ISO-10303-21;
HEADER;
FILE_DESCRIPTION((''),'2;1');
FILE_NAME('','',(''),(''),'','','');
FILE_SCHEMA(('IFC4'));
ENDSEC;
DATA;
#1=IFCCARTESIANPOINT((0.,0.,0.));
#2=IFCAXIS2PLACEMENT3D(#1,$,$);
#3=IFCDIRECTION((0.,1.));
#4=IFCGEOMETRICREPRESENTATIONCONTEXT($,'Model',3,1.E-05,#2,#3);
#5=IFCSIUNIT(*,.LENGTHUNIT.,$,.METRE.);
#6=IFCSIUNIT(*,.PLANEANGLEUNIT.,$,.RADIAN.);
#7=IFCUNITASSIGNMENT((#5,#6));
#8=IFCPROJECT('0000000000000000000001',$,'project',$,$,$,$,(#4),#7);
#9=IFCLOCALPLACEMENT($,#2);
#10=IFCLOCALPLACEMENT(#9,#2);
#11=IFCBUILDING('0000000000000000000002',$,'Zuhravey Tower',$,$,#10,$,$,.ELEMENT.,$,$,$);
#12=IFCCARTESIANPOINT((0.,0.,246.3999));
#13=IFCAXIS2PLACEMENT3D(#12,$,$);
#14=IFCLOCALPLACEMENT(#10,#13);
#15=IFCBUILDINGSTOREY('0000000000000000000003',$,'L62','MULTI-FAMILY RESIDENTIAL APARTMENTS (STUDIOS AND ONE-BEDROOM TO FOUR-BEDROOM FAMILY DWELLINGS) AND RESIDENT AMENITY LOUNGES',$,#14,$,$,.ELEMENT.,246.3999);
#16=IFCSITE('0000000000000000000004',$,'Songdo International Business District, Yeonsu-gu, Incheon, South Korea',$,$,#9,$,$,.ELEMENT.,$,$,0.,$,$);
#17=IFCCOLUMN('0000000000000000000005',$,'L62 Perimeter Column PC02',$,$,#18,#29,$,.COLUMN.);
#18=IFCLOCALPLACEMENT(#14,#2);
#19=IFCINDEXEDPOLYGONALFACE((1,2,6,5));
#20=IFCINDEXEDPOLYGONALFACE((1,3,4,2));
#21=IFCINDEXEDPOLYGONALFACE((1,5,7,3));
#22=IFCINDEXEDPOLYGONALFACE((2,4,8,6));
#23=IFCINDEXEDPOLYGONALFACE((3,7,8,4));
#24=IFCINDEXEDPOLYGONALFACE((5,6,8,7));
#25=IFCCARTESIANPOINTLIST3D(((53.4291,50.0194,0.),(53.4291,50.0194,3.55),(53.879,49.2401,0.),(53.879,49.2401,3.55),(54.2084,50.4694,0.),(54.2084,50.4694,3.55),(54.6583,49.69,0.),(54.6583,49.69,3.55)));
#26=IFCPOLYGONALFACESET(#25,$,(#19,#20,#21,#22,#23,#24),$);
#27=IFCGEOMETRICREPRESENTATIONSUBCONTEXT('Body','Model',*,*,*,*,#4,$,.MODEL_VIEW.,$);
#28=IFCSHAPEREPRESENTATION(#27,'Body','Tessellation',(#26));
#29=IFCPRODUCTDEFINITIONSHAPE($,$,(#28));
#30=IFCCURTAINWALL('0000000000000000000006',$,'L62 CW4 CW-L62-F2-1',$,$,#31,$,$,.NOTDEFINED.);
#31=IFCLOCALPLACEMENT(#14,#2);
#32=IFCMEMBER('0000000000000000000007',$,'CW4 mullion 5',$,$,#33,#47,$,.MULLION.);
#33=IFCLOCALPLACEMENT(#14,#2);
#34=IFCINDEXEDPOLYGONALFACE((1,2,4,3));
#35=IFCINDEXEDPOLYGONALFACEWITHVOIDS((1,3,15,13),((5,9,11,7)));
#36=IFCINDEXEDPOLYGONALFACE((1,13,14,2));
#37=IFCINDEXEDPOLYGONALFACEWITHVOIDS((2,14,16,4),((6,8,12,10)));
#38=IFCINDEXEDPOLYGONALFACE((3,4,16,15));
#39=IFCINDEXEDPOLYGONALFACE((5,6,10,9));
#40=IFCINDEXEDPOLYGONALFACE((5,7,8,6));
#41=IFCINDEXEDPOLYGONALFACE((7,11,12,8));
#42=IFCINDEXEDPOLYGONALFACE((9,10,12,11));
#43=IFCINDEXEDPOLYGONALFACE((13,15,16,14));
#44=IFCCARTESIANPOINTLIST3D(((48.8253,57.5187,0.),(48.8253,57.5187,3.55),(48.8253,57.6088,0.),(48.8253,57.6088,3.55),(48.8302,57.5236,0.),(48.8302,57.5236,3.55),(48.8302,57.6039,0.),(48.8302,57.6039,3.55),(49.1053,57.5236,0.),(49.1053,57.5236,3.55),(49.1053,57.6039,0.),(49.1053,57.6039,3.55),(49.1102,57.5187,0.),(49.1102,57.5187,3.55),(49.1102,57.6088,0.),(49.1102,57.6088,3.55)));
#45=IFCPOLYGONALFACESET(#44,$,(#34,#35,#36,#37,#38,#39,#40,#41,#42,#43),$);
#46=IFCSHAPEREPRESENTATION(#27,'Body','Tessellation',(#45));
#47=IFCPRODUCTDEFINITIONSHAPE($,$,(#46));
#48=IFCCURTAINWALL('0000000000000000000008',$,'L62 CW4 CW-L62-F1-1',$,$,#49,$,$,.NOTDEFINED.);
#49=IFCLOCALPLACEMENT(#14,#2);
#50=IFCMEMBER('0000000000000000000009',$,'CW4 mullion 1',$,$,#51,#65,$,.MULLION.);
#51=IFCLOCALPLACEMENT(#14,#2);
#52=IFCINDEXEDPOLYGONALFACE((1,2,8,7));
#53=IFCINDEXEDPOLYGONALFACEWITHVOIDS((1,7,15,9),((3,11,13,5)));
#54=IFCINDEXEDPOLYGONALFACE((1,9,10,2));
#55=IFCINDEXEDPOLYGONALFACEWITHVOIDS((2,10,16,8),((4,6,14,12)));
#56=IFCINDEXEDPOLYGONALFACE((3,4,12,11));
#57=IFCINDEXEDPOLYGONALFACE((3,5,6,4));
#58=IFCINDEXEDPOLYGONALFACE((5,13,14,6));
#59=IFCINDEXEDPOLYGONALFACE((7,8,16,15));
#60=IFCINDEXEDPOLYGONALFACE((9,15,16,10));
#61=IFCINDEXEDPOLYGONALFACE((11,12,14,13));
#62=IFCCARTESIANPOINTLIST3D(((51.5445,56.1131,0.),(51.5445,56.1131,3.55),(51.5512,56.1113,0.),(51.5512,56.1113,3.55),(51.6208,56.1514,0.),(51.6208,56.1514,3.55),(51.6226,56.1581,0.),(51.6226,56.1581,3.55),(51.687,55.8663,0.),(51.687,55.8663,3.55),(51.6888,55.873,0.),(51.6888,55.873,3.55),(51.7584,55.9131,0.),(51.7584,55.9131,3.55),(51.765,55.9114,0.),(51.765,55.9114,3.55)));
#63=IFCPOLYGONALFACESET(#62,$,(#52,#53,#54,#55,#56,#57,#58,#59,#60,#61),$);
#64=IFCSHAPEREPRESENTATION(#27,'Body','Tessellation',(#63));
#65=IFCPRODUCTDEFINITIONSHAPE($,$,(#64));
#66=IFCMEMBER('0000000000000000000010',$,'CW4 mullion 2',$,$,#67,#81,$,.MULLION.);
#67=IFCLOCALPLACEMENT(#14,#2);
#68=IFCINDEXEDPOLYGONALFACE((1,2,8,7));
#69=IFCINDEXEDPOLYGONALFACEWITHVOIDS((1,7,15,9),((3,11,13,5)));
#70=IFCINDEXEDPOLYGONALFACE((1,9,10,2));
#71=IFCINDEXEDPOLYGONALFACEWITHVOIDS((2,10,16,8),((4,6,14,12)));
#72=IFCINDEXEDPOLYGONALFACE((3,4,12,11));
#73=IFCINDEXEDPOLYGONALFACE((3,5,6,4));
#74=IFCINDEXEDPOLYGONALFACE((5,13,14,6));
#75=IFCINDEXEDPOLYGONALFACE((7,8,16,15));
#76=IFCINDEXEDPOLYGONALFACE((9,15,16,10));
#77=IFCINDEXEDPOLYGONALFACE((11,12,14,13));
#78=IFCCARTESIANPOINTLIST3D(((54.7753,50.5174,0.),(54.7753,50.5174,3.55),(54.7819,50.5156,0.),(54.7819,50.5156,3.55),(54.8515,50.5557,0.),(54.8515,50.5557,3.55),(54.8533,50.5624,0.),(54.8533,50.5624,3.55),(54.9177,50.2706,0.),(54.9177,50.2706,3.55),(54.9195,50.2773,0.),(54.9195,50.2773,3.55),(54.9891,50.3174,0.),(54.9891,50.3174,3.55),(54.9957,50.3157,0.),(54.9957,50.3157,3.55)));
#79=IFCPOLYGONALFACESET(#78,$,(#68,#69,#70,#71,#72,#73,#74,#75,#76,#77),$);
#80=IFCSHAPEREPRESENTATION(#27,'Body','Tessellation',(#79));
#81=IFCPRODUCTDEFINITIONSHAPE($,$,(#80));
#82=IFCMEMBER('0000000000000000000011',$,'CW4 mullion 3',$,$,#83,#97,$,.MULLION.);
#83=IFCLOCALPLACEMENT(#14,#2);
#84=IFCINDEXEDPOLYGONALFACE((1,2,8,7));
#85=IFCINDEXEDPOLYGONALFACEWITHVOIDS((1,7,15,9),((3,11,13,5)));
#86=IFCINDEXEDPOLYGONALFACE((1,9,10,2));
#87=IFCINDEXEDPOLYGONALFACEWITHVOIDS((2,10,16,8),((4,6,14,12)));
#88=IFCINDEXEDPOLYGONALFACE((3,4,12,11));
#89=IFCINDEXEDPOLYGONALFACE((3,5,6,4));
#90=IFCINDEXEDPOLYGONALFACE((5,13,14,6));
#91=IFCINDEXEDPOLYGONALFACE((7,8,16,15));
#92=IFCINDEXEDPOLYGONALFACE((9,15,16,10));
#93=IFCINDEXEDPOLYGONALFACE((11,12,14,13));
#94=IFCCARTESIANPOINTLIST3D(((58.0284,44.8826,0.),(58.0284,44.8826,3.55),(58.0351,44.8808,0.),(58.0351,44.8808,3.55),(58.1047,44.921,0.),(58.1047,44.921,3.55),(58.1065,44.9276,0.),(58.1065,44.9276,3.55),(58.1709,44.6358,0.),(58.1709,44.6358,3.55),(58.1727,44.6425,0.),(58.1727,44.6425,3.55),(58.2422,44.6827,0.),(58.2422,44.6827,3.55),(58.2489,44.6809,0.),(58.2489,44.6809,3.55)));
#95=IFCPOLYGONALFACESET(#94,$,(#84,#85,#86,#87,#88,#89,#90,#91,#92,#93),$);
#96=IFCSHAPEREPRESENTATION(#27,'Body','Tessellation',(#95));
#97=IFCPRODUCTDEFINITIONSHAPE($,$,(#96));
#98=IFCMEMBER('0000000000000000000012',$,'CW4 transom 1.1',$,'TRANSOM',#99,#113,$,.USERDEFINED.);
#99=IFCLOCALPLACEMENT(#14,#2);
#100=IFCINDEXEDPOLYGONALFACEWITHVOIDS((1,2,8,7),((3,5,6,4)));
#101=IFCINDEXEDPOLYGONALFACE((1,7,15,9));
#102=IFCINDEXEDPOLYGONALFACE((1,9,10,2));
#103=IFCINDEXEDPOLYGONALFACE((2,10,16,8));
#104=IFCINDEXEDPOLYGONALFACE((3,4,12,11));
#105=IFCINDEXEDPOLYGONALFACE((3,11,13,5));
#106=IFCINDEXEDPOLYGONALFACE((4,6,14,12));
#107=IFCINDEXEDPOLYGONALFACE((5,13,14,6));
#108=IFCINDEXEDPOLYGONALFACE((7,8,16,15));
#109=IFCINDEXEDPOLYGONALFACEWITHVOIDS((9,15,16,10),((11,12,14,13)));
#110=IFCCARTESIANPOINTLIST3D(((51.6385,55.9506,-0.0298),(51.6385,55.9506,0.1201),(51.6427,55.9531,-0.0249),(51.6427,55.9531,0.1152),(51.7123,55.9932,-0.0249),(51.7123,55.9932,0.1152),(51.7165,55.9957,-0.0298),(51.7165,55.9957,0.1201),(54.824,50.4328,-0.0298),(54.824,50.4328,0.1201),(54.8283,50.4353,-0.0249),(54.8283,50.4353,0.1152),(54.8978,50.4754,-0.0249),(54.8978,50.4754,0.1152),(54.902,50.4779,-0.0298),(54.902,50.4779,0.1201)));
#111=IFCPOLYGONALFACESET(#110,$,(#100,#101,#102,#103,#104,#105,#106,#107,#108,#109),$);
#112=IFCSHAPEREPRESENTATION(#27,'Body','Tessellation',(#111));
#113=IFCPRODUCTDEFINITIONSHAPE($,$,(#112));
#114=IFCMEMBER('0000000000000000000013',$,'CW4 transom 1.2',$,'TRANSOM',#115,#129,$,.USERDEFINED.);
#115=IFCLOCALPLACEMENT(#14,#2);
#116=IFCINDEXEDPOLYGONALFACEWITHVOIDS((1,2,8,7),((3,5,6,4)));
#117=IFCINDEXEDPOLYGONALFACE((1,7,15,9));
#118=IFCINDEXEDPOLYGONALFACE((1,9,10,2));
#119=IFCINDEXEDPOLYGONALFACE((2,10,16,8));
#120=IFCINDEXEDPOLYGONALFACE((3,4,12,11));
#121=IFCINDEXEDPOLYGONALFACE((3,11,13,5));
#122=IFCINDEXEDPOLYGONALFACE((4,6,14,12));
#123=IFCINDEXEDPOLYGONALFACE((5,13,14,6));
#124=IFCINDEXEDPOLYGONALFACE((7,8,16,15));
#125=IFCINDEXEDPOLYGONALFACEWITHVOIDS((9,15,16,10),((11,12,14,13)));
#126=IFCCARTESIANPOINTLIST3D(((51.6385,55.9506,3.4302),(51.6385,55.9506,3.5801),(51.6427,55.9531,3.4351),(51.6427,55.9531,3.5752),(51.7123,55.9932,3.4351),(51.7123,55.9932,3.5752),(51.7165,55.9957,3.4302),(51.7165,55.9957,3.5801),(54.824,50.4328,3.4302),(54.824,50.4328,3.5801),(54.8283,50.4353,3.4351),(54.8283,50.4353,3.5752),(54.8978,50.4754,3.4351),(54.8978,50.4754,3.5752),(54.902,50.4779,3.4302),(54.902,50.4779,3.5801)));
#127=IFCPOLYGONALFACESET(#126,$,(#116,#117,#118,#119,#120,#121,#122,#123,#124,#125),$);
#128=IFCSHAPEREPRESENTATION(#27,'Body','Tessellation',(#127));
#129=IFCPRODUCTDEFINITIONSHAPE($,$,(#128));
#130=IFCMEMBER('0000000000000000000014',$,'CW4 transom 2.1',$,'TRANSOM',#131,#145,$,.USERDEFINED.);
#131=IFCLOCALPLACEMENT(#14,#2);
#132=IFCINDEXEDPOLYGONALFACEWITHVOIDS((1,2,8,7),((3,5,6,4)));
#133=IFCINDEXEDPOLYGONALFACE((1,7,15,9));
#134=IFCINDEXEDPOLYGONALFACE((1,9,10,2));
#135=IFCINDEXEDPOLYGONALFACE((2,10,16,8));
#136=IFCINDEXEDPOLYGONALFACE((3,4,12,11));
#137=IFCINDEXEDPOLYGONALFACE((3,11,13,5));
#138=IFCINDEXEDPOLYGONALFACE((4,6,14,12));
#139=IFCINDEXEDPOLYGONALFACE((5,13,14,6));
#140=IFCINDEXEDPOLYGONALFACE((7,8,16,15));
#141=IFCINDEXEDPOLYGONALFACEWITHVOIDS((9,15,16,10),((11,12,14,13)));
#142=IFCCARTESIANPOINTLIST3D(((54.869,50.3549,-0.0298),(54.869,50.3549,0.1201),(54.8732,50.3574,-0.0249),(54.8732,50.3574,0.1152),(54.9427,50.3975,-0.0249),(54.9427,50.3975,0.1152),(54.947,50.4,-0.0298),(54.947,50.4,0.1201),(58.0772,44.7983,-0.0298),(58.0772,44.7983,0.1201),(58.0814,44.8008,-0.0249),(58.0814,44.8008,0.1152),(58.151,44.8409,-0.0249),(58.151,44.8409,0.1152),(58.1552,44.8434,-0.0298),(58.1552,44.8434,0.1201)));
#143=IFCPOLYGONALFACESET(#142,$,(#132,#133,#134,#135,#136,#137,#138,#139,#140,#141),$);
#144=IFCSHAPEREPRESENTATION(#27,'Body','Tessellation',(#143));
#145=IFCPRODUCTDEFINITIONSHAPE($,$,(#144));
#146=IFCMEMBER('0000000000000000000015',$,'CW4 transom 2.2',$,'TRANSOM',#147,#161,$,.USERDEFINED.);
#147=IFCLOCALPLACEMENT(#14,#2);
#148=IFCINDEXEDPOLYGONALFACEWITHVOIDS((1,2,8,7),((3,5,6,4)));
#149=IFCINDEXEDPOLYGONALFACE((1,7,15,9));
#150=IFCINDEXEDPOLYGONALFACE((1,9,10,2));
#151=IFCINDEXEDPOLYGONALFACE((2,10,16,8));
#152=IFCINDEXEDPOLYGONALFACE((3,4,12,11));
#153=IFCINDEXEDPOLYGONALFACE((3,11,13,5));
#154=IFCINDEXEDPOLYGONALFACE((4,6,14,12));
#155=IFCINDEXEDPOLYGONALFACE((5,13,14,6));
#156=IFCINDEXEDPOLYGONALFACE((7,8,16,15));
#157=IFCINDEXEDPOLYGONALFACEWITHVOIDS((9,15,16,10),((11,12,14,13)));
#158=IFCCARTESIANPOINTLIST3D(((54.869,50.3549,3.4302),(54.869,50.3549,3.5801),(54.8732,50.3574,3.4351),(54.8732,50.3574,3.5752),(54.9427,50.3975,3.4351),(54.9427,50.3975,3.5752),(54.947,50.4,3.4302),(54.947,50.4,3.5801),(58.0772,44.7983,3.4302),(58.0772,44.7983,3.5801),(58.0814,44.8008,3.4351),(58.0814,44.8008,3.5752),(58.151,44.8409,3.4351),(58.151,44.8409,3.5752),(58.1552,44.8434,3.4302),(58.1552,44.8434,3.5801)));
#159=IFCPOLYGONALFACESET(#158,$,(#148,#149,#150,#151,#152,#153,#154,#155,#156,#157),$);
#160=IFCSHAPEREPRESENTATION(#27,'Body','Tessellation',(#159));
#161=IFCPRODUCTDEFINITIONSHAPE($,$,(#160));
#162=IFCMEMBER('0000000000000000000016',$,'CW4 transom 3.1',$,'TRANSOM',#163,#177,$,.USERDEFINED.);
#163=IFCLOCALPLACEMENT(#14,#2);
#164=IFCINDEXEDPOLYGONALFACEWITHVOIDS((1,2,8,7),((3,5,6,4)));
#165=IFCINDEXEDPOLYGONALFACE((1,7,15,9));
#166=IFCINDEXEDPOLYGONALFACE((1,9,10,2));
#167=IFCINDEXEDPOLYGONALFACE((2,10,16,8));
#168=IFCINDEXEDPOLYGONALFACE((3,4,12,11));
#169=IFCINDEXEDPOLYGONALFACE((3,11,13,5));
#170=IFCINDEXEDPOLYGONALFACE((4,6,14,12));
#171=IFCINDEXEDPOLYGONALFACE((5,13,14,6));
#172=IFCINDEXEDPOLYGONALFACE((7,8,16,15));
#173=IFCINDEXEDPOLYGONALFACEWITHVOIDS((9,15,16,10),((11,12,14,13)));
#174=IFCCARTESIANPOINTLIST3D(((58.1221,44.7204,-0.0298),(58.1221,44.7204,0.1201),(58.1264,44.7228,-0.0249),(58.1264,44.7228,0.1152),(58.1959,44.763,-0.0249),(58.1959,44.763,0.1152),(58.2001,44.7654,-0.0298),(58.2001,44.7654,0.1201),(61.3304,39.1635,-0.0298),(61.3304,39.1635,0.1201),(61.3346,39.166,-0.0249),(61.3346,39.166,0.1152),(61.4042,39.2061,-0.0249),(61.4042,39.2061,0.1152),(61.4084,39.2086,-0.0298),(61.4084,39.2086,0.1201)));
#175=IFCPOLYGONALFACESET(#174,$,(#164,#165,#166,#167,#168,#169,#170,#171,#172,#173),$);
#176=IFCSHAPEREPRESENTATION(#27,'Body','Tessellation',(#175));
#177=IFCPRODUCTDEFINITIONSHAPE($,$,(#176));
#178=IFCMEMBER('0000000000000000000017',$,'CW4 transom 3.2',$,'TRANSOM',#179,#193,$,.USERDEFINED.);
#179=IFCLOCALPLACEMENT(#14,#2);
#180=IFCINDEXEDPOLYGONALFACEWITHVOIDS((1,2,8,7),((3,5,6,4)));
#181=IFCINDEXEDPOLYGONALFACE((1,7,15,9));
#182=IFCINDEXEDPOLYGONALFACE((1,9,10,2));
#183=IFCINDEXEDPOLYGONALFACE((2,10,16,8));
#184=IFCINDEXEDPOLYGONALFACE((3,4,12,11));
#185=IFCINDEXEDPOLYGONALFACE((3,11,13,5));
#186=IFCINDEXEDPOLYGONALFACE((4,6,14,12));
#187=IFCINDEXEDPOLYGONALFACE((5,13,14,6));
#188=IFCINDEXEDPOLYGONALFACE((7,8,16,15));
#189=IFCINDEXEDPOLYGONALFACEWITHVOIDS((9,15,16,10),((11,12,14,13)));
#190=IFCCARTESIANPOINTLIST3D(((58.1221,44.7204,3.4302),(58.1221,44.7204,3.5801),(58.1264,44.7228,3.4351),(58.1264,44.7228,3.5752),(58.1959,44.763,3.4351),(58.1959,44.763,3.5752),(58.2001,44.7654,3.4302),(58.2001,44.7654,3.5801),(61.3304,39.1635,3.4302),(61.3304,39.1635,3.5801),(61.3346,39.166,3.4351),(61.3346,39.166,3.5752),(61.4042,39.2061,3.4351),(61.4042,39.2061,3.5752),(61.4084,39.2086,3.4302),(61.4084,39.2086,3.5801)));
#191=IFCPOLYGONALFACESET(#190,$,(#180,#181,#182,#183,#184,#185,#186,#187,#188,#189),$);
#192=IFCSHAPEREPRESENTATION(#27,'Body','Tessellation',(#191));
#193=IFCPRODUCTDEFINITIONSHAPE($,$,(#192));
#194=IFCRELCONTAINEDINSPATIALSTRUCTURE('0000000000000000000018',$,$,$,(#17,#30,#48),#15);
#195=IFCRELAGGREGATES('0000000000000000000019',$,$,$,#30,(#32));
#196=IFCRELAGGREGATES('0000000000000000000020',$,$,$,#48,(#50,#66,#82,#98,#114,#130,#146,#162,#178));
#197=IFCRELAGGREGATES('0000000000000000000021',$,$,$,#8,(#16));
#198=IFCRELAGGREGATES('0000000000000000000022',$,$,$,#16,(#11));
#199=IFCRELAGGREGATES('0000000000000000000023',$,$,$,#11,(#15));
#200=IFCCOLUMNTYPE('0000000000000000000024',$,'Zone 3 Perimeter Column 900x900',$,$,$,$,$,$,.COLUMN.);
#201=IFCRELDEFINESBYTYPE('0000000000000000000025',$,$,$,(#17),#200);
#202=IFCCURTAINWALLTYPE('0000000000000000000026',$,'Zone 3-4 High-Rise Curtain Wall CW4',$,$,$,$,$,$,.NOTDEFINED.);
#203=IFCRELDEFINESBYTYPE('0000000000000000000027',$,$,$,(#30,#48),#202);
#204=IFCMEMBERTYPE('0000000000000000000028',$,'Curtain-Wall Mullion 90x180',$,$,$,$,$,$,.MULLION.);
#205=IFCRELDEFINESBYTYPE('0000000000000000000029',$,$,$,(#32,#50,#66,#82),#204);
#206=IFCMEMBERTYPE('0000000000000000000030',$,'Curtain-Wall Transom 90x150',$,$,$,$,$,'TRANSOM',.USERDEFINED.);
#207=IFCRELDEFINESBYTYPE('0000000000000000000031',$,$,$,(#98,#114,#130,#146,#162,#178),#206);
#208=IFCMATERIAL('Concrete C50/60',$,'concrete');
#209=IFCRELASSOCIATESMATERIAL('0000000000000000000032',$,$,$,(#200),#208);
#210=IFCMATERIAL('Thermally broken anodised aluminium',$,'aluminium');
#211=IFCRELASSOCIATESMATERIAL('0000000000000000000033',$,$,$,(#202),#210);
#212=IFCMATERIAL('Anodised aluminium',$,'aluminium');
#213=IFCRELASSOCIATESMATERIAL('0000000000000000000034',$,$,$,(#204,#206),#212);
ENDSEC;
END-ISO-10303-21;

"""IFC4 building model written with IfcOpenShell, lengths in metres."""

from ifc_helpers import new_model, si_unit, direction, frame, origin, origin_2d, place, context, subcontext, project, spatial, rectangle, hollow_rectangle, extrude, material, material_profile, profile_set, type_object, element, aggregate, save


model = new_model("IFC4")

# Units and contexts
model_context = context("Model", 3, precision=1e-05, world=origin(), true_north=direction((0.0, 1.0)))
body_context = subcontext(model_context, "Body", "Model", "MODEL_VIEW")
ifc_project = project(units=[si_unit("LENGTHUNIT", "METRE"), si_unit("PLANEANGLEUNIT", "RADIAN")], contexts=[model_context])

# Site, building, storey
site_placement = place(None, origin())
site = spatial("IfcSite", under=ifc_project, at=site_placement, Name="Songdo International Business District, Yeonsu-gu, Incheon, South Korea", CompositionType="ELEMENT", RefElevation=0.0)
building_placement = place(site_placement, origin())
building = spatial("IfcBuilding", under=site, at=building_placement, Name="Zuhravey Tower", CompositionType="ELEMENT")
storey_placement = place(building_placement, frame((0.0, 0.0, 246.3999)))
storey = spatial("IfcBuildingStorey", under=building, at=storey_placement, Name="L62", Description="MULTI-FAMILY RESIDENTIAL APARTMENTS (STUDIOS AND ONE-BEDROOM TO FOUR-BEDROOM FAMILY DWELLINGS) AND RESIDENT AMENITY LOUNGES", CompositionType="ELEMENT", Elevation=246.3999)

# Column
ifc_material_1 = material(Name="Concrete C50/60", Category="concrete")
ifc_material_profile_1 = material_profile(ifc_material_1, rectangle(XDim=0.8999, YDim=0.8999, at=origin_2d()), Name="RC-900x900")
ifc_profile_set_1 = profile_set([ifc_material_profile_1], Name="Concrete C50/60")
column_type = type_object("IfcColumnType", Name="Zone 3 Perimeter Column 900x900", PredefinedType="COLUMN", material=ifc_profile_set_1)
column_placement = place(storey_placement, frame((54.0437, 49.8547, 0.0), z_axis=(0.0, 0.0, 1.0), x_axis=(-0.5, 0.866025, 0.0)))
element("IfcColumn", 1, at=column_placement, inside=storey, type_object=column_type, Name="L62 Perimeter Column PC02", PredefinedType="COLUMN", context=body_context, shape_type="SweptSolid", body=[
    extrude(rectangle(XDim=0.8999, YDim=0.8999, at=origin_2d()), origin(), (0.0, 0.0, 1.0), 3.55),
])

# Curtain wall, member
ifc_material_2 = material(Name="Thermally broken anodised aluminium", Category="aluminium")
curtain_wall_type = type_object("IfcCurtainWallType", Name="Zone 3-4 High-Rise Curtain Wall CW4", PredefinedType="NOTDEFINED", material=ifc_material_2)
curtain_wall_1_placement = place(storey_placement, origin())
curtain_wall_1 = element("IfcCurtainWall", 2, at=curtain_wall_1_placement, inside=storey, type_object=curtain_wall_type, Name="L62 CW4 CW-L62-F2-1", PredefinedType="NOTDEFINED")
ifc_material_3 = material(Name="Anodised aluminium", Category="aluminium")
ifc_material_profile_2 = material_profile(ifc_material_3, hollow_rectangle(XDim=0.0901, YDim=0.2849, WallThickness=0.0049, at=origin_2d()), Name="ALU-RHS-90x285x5")
ifc_profile_set_2 = profile_set([ifc_material_profile_2], Name="Anodised aluminium")
member_type_1 = type_object("IfcMemberType", Name="Curtain-Wall Mullion 90x180", PredefinedType="MULLION", material=ifc_profile_set_2)
member_1_placement = place(storey_placement, frame((48.9678, 57.5637, 0.0), z_axis=(0.0, 0.0, 1.0), x_axis=(0.0, 1.0, 0.0)))
member_1 = element("IfcMember", 3, at=member_1_placement, type_object=member_type_1, Name="CW4 mullion 5", PredefinedType="MULLION", context=body_context, shape_type="SweptSolid", body=[
    extrude(hollow_rectangle(XDim=0.0901, YDim=0.2849, WallThickness=0.0049, at=origin_2d()), origin(), (0.0, 0.0, 1.0), 3.55),
])
aggregate(curtain_wall_1, [member_1])

# Curtain wall, members
curtain_wall_2_placement = place(storey_placement, origin())
curtain_wall_2 = element("IfcCurtainWall", 4, at=curtain_wall_2_placement, inside=storey, type_object=curtain_wall_type, Name="L62 CW4 CW-L62-F1-1", PredefinedType="NOTDEFINED")
member_2_placement = place(storey_placement, frame((51.6548, 56.0122, 0.0), z_axis=(0.0, 0.0, 1.0), x_axis=(0.866025, 0.500001, 0.0)))
member_2 = element("IfcMember", 5, at=member_2_placement, type_object=member_type_1, Name="CW4 mullion 1", PredefinedType="MULLION", context=body_context, shape_type="SweptSolid", body=[
    extrude(hollow_rectangle(XDim=0.0901, YDim=0.2849, WallThickness=0.0049, at=origin_2d()), origin(), (0.0, 0.0, 1.0), 3.55),
])
member_3_placement = place(storey_placement, frame((54.8855, 50.4165, 0.0), z_axis=(0.0, 0.0, 1.0), x_axis=(0.866025, 0.500001, 0.0)))
member_3 = element("IfcMember", 6, at=member_3_placement, type_object=member_type_1, Name="CW4 mullion 2", PredefinedType="MULLION", context=body_context, shape_type="SweptSolid", body=[
    extrude(hollow_rectangle(XDim=0.0901, YDim=0.2849, WallThickness=0.0049, at=origin_2d()), origin(), (0.0, 0.0, 1.0), 3.55),
])
member_4_placement = place(storey_placement, frame((58.1387, 44.7817, 0.0), z_axis=(0.0, 0.0, 1.0), x_axis=(0.866025, 0.500001, 0.0)))
member_4 = element("IfcMember", 7, at=member_4_placement, type_object=member_type_1, Name="CW4 mullion 3", PredefinedType="MULLION", context=body_context, shape_type="SweptSolid", body=[
    extrude(hollow_rectangle(XDim=0.0901, YDim=0.2849, WallThickness=0.0049, at=origin_2d()), origin(), (0.0, 0.0, 1.0), 3.55),
])
ifc_material_profile_3 = material_profile(ifc_material_3, hollow_rectangle(XDim=0.0901, YDim=0.1499, WallThickness=0.0049, at=origin_2d()), Name="ALU-RHS-90x150x5")
ifc_profile_set_3 = profile_set([ifc_material_profile_3], Name="Anodised aluminium")
member_type_2 = type_object("IfcMemberType", Name="Curtain-Wall Transom 90x150", ElementType="TRANSOM", PredefinedType="USERDEFINED", material=ifc_profile_set_3)
member_5_placement = place(storey_placement, frame((51.6775, 55.9731, 0.0452), z_axis=(0.49998, -0.866037, 0.0), x_axis=(0.866037, 0.49998, 0.0)))
member_5 = element("IfcMember", 8, at=member_5_placement, type_object=member_type_2, Name="CW4 transom 1.1", ObjectType="TRANSOM", PredefinedType="USERDEFINED", context=body_context, shape_type="SweptSolid", body=[
    extrude(hollow_rectangle(XDim=0.0901, YDim=0.1499, WallThickness=0.0049, at=origin_2d()), origin(), (0.0, 0.0, 1.0), 6.3713),
])
member_6_placement = place(storey_placement, frame((51.6775, 55.9731, 3.5051), z_axis=(0.49998, -0.866037, 0.0), x_axis=(0.866037, 0.49998, 0.0)))
member_6 = element("IfcMember", 9, at=member_6_placement, type_object=member_type_2, Name="CW4 transom 1.2", ObjectType="TRANSOM", PredefinedType="USERDEFINED", context=body_context, shape_type="SweptSolid", body=[
    extrude(hollow_rectangle(XDim=0.0901, YDim=0.1499, WallThickness=0.0049, at=origin_2d()), origin(), (0.0, 0.0, 1.0), 6.3713),
])
member_7_placement = place(storey_placement, frame((54.908, 50.3774, 0.0452), z_axis=(0.500014, -0.866017, 0.0), x_axis=(0.866017, 0.500014, 0.0)))
member_7 = element("IfcMember", 10, at=member_7_placement, type_object=member_type_2, Name="CW4 transom 2.1", ObjectType="TRANSOM", PredefinedType="USERDEFINED", context=body_context, shape_type="SweptSolid", body=[
    extrude(hollow_rectangle(XDim=0.0901, YDim=0.1499, WallThickness=0.0049, at=origin_2d()), origin(), (0.0, 0.0, 1.0), 6.4163),
])
member_8_placement = place(storey_placement, frame((54.908, 50.3774, 3.5051), z_axis=(0.500014, -0.866017, 0.0), x_axis=(0.866017, 0.500014, 0.0)))
member_8 = element("IfcMember", 11, at=member_8_placement, type_object=member_type_2, Name="CW4 transom 2.2", ObjectType="TRANSOM", PredefinedType="USERDEFINED", context=body_context, shape_type="SweptSolid", body=[
    extrude(hollow_rectangle(XDim=0.0901, YDim=0.1499, WallThickness=0.0049, at=origin_2d()), origin(), (0.0, 0.0, 1.0), 6.4163),
])
member_9_placement = place(storey_placement, frame((58.1611, 44.7429, 0.0452), z_axis=(0.499998, -0.866027, 0.0), x_axis=(0.866027, 0.499998, 0.0)))
member_9 = element("IfcMember", 12, at=member_9_placement, type_object=member_type_2, Name="CW4 transom 3.1", ObjectType="TRANSOM", PredefinedType="USERDEFINED", context=body_context, shape_type="SweptSolid", body=[
    extrude(hollow_rectangle(XDim=0.0901, YDim=0.1499, WallThickness=0.0049, at=origin_2d()), origin(), (0.0, 0.0, 1.0), 6.4165),
])
member_10_placement = place(storey_placement, frame((58.1611, 44.7429, 3.5051), z_axis=(0.499998, -0.866027, 0.0), x_axis=(0.866027, 0.499998, 0.0)))
member_10 = element("IfcMember", 13, at=member_10_placement, type_object=member_type_2, Name="CW4 transom 3.2", ObjectType="TRANSOM", PredefinedType="USERDEFINED", context=body_context, shape_type="SweptSolid", body=[
    extrude(hollow_rectangle(XDim=0.0901, YDim=0.1499, WallThickness=0.0049, at=origin_2d()), origin(), (0.0, 0.0, 1.0), 6.4165),
])

aggregate(curtain_wall_2, [member_2, member_3, member_4, member_5, member_6, member_7, member_8, member_9, member_10])

save(model, "model.ifc")
